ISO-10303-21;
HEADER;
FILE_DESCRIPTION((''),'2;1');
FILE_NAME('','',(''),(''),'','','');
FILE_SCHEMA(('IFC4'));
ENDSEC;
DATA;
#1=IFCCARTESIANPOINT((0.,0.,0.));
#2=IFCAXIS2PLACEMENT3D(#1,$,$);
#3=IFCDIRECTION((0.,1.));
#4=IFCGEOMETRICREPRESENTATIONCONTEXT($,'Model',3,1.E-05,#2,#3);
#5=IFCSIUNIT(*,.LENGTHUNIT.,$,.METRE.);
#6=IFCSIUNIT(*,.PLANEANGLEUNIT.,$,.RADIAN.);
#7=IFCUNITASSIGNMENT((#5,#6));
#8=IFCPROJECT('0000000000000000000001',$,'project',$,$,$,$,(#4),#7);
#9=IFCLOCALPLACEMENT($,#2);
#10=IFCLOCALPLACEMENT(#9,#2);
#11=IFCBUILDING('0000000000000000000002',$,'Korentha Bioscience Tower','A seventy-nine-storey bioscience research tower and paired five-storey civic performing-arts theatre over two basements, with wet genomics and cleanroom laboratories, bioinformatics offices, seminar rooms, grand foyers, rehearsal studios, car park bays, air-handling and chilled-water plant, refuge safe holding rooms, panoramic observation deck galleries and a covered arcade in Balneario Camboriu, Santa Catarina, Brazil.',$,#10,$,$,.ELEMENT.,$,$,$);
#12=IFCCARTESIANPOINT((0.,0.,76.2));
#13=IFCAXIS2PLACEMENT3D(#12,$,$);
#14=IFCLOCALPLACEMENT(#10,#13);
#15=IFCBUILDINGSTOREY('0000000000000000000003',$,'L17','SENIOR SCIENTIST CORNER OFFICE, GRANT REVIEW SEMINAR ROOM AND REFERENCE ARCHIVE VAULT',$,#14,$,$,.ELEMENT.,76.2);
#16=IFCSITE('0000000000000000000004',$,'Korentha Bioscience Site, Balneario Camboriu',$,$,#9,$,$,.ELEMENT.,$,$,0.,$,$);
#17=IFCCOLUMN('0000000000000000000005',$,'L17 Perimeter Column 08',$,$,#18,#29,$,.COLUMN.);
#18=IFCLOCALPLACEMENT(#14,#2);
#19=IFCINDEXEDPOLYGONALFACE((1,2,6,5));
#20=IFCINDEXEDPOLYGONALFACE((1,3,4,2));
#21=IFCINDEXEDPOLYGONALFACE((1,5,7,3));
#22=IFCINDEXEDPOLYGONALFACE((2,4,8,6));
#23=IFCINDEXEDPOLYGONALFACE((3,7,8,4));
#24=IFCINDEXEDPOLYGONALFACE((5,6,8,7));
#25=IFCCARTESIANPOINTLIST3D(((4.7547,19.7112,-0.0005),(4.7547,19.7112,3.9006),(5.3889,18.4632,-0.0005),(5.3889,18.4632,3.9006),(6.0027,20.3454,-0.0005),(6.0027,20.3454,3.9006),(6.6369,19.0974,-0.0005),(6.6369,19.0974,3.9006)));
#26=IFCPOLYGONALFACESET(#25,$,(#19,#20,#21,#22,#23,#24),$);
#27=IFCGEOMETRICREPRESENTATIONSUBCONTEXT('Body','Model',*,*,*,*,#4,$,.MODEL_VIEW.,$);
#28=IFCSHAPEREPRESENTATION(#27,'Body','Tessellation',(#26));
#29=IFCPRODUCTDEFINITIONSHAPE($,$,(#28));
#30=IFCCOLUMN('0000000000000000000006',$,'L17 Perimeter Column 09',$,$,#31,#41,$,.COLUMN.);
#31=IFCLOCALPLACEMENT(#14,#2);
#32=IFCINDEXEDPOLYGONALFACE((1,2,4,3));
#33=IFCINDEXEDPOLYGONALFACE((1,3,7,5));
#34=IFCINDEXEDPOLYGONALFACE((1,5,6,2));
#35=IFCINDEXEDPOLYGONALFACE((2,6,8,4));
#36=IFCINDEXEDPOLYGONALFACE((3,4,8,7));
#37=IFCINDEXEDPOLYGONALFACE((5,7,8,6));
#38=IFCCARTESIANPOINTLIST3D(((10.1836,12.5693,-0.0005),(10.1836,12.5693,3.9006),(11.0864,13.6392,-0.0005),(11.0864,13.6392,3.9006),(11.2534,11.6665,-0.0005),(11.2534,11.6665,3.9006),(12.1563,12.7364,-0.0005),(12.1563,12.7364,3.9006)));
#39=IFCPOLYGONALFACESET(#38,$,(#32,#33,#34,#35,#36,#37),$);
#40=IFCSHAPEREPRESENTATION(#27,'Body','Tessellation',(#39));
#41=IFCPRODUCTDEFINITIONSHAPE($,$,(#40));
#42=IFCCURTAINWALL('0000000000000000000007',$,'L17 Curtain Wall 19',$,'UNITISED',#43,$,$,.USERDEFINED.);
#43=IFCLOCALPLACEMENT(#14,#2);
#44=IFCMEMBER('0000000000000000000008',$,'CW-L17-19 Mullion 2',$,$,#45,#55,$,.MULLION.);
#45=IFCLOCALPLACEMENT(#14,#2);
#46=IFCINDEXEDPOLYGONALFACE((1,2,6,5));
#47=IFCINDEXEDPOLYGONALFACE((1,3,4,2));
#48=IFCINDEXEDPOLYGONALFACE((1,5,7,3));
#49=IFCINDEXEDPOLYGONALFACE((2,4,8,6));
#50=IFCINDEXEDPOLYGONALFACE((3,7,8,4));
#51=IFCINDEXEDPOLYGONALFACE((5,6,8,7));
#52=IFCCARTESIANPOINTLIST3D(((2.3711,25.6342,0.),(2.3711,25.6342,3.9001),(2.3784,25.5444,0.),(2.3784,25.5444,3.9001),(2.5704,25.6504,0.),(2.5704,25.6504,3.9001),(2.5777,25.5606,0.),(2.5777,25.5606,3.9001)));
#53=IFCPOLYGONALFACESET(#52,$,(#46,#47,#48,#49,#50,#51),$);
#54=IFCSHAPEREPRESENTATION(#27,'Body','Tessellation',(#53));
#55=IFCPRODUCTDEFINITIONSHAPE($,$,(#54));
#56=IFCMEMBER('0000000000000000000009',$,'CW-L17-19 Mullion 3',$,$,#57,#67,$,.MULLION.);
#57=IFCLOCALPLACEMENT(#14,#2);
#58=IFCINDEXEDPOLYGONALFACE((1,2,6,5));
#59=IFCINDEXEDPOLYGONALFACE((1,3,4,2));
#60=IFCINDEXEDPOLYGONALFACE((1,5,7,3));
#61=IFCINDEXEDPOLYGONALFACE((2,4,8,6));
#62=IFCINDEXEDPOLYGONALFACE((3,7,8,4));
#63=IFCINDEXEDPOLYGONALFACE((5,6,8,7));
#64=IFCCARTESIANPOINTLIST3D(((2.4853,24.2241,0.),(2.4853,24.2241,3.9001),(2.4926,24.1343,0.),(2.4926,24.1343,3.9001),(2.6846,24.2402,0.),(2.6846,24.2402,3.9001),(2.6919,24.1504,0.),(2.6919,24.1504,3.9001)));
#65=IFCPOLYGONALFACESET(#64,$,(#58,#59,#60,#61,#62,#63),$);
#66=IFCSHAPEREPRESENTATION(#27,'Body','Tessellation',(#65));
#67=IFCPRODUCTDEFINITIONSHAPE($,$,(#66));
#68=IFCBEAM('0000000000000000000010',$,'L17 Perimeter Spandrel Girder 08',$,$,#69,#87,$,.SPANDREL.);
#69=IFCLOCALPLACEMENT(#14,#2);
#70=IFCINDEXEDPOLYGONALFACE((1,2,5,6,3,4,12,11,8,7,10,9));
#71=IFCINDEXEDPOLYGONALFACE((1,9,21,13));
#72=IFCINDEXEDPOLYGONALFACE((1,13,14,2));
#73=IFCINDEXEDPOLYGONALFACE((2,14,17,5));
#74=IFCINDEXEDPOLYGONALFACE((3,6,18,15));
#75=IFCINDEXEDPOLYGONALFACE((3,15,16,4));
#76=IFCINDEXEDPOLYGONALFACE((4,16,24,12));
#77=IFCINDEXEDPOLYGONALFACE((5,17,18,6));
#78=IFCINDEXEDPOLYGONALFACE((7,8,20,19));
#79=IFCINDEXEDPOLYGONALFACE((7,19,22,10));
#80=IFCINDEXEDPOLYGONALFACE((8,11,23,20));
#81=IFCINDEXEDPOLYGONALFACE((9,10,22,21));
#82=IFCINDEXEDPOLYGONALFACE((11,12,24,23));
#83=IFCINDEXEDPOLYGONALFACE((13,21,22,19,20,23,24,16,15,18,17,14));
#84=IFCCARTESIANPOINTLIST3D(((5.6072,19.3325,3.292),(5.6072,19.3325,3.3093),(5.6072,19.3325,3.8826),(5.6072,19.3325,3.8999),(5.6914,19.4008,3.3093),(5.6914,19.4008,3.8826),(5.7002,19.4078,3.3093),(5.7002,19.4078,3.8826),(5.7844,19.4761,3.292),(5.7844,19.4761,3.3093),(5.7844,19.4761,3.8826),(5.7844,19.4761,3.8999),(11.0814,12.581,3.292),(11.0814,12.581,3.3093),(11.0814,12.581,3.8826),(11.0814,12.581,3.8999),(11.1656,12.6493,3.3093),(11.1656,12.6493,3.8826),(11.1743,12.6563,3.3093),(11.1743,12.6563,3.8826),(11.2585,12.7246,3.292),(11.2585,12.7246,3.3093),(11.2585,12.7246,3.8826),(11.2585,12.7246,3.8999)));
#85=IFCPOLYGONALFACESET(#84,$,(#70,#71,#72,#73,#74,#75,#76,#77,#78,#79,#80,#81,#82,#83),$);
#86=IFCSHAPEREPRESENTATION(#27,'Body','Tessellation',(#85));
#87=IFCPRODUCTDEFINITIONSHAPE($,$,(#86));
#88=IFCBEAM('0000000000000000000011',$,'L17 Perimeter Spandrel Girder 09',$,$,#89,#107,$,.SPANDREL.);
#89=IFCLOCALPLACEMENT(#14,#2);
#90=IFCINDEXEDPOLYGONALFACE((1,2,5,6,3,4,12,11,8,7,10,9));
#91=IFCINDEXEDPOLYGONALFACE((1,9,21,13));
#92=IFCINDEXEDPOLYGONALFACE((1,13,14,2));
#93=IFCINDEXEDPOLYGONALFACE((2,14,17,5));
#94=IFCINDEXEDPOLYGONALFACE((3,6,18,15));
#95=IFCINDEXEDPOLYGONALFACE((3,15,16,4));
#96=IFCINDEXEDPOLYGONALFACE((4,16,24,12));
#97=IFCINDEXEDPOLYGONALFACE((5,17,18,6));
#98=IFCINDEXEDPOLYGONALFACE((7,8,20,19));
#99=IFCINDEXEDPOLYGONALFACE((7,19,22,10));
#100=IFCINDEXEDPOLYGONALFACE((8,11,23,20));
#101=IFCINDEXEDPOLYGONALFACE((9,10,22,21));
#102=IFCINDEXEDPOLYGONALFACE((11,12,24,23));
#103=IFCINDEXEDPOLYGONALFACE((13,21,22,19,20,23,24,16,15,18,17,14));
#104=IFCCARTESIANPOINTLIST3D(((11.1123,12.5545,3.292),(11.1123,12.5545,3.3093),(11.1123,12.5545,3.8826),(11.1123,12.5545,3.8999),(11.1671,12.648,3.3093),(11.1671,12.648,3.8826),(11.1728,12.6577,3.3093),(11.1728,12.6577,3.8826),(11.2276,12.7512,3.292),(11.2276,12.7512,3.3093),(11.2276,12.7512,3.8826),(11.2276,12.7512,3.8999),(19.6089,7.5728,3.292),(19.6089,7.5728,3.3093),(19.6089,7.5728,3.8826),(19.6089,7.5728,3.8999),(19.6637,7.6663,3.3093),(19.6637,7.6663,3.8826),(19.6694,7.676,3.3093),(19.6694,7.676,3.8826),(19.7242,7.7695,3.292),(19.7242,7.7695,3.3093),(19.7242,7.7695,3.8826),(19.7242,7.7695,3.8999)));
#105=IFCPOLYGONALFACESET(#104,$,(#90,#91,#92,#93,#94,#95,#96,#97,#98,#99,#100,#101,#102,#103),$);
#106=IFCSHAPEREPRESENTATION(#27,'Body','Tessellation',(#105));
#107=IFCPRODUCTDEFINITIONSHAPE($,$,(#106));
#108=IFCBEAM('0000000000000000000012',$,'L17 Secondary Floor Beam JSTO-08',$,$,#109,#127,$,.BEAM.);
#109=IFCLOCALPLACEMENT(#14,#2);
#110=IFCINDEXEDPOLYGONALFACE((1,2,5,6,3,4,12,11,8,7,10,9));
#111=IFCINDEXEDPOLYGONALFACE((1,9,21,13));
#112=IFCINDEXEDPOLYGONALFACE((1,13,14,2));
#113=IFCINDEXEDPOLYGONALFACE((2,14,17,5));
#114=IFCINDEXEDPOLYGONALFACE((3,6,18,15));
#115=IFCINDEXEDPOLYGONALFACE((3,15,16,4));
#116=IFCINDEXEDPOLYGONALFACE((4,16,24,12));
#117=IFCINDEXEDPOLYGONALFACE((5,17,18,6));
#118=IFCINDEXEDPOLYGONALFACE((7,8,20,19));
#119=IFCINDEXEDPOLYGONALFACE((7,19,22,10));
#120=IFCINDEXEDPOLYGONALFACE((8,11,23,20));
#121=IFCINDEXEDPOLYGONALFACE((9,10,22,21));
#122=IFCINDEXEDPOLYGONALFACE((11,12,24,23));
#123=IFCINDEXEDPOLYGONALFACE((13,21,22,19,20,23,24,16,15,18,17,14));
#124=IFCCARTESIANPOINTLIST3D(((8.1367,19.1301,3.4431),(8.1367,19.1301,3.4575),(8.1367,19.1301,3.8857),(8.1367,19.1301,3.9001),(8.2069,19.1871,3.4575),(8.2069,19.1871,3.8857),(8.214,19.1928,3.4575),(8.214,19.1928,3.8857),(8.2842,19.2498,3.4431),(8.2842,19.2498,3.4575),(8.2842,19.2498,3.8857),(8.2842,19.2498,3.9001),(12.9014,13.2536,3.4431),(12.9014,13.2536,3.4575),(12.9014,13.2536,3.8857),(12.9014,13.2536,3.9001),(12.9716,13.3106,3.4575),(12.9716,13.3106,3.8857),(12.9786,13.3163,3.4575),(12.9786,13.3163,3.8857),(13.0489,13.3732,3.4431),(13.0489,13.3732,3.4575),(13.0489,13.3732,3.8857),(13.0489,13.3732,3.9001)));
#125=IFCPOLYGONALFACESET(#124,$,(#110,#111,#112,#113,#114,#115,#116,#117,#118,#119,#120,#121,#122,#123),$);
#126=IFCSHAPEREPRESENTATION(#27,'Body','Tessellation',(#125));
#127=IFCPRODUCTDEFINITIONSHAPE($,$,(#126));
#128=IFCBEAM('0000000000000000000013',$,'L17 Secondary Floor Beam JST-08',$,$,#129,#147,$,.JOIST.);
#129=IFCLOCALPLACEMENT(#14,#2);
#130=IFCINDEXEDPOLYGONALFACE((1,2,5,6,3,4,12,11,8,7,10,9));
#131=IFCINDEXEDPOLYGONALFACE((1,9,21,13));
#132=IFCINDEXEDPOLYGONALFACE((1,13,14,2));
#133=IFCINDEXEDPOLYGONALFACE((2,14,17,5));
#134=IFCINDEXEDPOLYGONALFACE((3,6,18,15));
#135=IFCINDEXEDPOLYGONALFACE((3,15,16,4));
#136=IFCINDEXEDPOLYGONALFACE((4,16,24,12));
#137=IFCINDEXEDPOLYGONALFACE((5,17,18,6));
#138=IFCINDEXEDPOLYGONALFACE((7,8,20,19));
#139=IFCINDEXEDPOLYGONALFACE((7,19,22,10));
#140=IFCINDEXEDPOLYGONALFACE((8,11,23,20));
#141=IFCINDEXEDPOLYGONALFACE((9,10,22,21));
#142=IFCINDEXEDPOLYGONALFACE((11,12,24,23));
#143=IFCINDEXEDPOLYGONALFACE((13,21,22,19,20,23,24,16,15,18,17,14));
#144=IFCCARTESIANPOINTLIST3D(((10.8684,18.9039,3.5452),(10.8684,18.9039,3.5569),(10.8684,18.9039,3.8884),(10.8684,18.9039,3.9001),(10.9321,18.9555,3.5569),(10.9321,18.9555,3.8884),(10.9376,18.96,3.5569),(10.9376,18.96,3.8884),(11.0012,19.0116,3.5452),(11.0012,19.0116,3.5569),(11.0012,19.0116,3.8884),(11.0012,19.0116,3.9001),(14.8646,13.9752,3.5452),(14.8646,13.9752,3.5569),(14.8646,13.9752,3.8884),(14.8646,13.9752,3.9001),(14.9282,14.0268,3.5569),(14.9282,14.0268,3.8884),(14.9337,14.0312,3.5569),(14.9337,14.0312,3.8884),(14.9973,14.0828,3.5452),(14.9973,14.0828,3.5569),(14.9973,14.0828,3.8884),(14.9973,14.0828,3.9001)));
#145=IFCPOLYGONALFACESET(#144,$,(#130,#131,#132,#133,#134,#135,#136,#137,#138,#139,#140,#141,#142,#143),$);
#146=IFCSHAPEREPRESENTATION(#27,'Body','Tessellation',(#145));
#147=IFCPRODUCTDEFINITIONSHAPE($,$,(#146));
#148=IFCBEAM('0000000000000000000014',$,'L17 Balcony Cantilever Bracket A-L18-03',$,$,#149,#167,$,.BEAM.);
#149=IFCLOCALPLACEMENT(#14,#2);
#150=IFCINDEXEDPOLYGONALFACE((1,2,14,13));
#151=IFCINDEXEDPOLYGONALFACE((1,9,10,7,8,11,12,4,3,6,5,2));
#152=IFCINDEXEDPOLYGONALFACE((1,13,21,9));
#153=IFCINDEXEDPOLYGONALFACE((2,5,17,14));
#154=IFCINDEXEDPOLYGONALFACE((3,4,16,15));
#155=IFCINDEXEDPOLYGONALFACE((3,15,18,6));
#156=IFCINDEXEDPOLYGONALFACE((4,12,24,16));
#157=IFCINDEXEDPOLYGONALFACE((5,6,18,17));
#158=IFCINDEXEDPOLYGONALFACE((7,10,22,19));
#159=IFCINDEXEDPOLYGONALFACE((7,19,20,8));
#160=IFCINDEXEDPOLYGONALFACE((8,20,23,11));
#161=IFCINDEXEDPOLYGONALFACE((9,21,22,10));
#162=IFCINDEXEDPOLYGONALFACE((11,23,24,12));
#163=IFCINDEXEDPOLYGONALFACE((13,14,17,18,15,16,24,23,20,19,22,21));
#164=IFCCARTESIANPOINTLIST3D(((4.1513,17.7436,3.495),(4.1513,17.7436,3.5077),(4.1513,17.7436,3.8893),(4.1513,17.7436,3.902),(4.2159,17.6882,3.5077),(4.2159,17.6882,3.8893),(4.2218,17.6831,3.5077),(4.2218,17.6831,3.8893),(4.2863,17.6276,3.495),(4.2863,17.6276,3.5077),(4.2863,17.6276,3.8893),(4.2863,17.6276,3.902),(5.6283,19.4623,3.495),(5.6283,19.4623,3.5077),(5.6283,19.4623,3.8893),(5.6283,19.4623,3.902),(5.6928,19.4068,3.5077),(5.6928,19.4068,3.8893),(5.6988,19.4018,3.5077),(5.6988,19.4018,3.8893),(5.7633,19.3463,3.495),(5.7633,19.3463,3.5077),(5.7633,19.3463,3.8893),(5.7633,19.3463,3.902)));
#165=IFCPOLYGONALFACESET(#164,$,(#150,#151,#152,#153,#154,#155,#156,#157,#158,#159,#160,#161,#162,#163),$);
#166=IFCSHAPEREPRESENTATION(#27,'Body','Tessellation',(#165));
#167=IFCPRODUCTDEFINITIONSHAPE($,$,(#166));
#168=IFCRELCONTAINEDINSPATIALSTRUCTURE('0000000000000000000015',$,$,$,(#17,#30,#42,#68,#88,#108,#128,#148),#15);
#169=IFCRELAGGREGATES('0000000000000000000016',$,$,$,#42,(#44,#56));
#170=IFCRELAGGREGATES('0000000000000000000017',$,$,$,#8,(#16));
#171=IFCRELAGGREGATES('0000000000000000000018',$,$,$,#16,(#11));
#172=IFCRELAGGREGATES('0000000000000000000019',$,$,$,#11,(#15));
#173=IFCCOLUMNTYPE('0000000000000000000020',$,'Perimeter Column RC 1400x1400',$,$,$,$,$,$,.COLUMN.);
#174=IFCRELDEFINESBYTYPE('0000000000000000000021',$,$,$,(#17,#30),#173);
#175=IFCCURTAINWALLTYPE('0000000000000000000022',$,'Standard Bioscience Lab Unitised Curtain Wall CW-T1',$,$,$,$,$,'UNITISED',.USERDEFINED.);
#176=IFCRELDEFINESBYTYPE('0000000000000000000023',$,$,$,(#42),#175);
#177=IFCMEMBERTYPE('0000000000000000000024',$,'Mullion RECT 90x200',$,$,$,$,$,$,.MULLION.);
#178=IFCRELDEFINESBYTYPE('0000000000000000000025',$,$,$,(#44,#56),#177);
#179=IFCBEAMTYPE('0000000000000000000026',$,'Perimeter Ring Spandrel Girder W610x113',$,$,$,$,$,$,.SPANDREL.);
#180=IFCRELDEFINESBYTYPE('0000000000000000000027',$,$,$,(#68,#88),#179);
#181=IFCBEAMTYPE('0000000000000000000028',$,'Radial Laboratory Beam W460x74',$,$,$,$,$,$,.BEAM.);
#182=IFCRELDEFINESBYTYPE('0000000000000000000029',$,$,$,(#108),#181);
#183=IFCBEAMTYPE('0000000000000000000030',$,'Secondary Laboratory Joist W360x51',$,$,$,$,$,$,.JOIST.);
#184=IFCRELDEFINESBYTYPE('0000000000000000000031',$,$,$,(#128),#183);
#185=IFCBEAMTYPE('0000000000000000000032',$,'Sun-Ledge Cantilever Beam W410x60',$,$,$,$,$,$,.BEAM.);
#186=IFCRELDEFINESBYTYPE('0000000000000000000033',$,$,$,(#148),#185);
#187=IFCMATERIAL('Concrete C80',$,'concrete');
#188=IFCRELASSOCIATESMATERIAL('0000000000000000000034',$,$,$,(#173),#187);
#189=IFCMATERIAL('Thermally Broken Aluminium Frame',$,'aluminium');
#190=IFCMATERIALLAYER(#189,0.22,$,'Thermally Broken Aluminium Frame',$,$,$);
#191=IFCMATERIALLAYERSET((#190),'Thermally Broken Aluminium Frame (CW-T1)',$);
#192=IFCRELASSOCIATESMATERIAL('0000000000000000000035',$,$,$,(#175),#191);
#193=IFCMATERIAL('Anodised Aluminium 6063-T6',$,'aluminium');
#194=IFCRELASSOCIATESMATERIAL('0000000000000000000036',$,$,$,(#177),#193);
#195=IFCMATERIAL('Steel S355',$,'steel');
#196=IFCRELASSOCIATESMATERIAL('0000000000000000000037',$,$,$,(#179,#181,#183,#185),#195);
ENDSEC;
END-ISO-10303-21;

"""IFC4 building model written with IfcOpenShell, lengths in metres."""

from ifc_helpers import new_model, si_unit, direction, frame, origin, origin_2d, place, context, subcontext, project, spatial, rectangle, i_section, extrude, material, layer, layer_set, material_profile, profile_set, type_object, element, aggregate, save


model = new_model("IFC4")

# Units and contexts
model_context = context("Model", 3, precision=1e-05, world=origin(), true_north=direction((0.0, 1.0)))
body_context = subcontext(model_context, "Body", "Model", "MODEL_VIEW")
ifc_project = project(units=[si_unit("LENGTHUNIT", "METRE"), si_unit("PLANEANGLEUNIT", "RADIAN")], contexts=[model_context])

# Site, building, storey
site_placement = place(None, origin())
site = spatial("IfcSite", under=ifc_project, at=site_placement, Name="Korentha Bioscience Site, Balneario Camboriu", CompositionType="ELEMENT", RefElevation=0.0)
building_placement = place(site_placement, origin())
building = spatial("IfcBuilding", under=site, at=building_placement, Name="Korentha Bioscience Tower", Description="A seventy-nine-storey bioscience research tower and paired five-storey civic performing-arts theatre over two basements, with wet genomics and cleanroom laboratories, bioinformatics offices, seminar rooms, grand foyers, rehearsal studios, car park bays, air-handling and chilled-water plant, refuge safe holding rooms, panoramic observation deck galleries and a covered arcade in Balneario Camboriu, Santa Catarina, Brazil.", CompositionType="ELEMENT")
storey_placement = place(building_placement, frame((0.0, 0.0, 76.2)))
storey = spatial("IfcBuildingStorey", under=building, at=storey_placement, Name="L17", Description="SENIOR SCIENTIST CORNER OFFICE, GRANT REVIEW SEMINAR ROOM AND REFERENCE ARCHIVE VAULT", CompositionType="ELEMENT", Elevation=76.2)

# Columns
ifc_material_1 = material(Name="Concrete C80", Category="concrete")
ifc_material_profile_1 = material_profile(ifc_material_1, rectangle(XDim=1.3999, YDim=1.3999, at=origin_2d()), Name="Concrete C80")
ifc_profile_set_1 = profile_set([ifc_material_profile_1], Name="Concrete C80 (COL-P14)")
column_type = type_object("IfcColumnType", Name="Perimeter Column RC 1400x1400", PredefinedType="COLUMN", material=ifc_profile_set_1)
for number, where, z_axis, x_axis, name in (
    (1, (5.6958, 19.4043, -0.0005), (0.0, 0.0, 1.0), (-0.453057, 0.891481, 0.0), "L17 Perimeter Column 08"),
    (2, (11.1699, 12.6528, -0.0005), (0.0, 0.0, 1.0), (-0.764246, 0.644924, 0.0), "L17 Perimeter Column 09"),
):
    element("IfcColumn", number, at=place(storey_placement, frame(where, z_axis=z_axis, x_axis=x_axis)), inside=storey, type_object=column_type, Name=name, PredefinedType="COLUMN", context=body_context, shape_type="SweptSolid", body=[
        extrude(rectangle(XDim=1.3999, YDim=1.3999, at=origin_2d()), origin(), (0.0, 0.0, 1.0), 3.9011),
    ])

# Curtain wall, members
ifc_material_2 = material(Name="Thermally Broken Aluminium Frame", Category="aluminium")
ifc_layer_1 = layer(ifc_material_2, 0.22, Name="Thermally Broken Aluminium Frame")
ifc_layer_set_1 = layer_set([ifc_layer_1], Name="Thermally Broken Aluminium Frame (CW-T1)")
curtain_wall_type = type_object("IfcCurtainWallType", Name="Standard Bioscience Lab Unitised Curtain Wall CW-T1", ElementType="UNITISED", PredefinedType="USERDEFINED", material=ifc_layer_set_1)
curtain_wall_placement = place(storey_placement, origin())
curtain_wall = element("IfcCurtainWall", 3, at=curtain_wall_placement, inside=storey, type_object=curtain_wall_type, Name="L17 Curtain Wall 19", ObjectType="UNITISED", PredefinedType="USERDEFINED")
ifc_material_3 = material(Name="Anodised Aluminium 6063-T6", Category="aluminium")
ifc_material_profile_2 = material_profile(ifc_material_3, rectangle(XDim=0.0901, YDim=0.2, at=origin_2d()), Name="Anodised Aluminium 6063-T6")
ifc_profile_set_2 = profile_set([ifc_material_profile_2], Name="Anodised Aluminium 6063-T6 (CW-MUL)")
member_type_1 = type_object("IfcMemberType", Name="Mullion RECT 90x200", PredefinedType="MULLION", material=ifc_profile_set_2)
member_1_placement = place(storey_placement, frame((2.4744, 25.5974, 0.0), z_axis=(0.0, 0.0, 1.0), x_axis=(0.08082, -0.996729, 0.0)))
member_1 = element("IfcMember", 4, at=member_1_placement, type_object=member_type_1, Name="CW-L17-19 Mullion 2", PredefinedType="MULLION", context=body_context, shape_type="SweptSolid", body=[
    extrude(rectangle(XDim=0.0901, YDim=0.2, at=origin_2d()), origin(), (0.0, 0.0, 1.0), 3.9001),
])
member_2_placement = place(storey_placement, frame((2.5886, 24.1873, 0.0), z_axis=(0.0, 0.0, 1.0), x_axis=(0.08082, -0.996729, 0.0)))
member_2 = element("IfcMember", 5, at=member_2_placement, type_object=member_type_1, Name="CW-L17-19 Mullion 3", PredefinedType="MULLION", context=body_context, shape_type="SweptSolid", body=[
    extrude(rectangle(XDim=0.0901, YDim=0.2, at=origin_2d()), origin(), (0.0, 0.0, 1.0), 3.9001),
])

# Beams
ifc_material_4 = material(Name="Steel S355", Category="steel")
ifc_material_profile_3 = material_profile(ifc_material_4, i_section(OverallWidth=0.228, OverallDepth=0.6079, WebThickness=0.0112, FlangeThickness=0.0173, at=origin_2d()), Name="Steel S355")
ifc_profile_set_3 = profile_set([ifc_material_profile_3], Name="Steel S355 (SB-610)")
beam_type_1 = type_object("IfcBeamType", Name="Perimeter Ring Spandrel Girder W610x113", PredefinedType="SPANDREL", material=ifc_profile_set_3)
beam_1_placement = place(storey_placement, frame((5.6958, 19.4043, 3.5959), z_axis=(0.629799, -0.776758, 0.0), x_axis=(0.776758, 0.629799, 0.0)))
element("IfcBeam", 6, at=beam_1_placement, inside=storey, type_object=beam_type_1, Name="L17 Perimeter Spandrel Girder 08", PredefinedType="SPANDREL", context=body_context, shape_type="SweptSolid", body=[
    extrude(i_section(OverallWidth=0.228, OverallDepth=0.6079, WebThickness=0.0112, FlangeThickness=0.0173, at=origin_2d()), origin(), (0.0, 0.0, 1.0), 8.6919),
])
beam_2_placement = place(storey_placement, frame((11.1699, 12.6528, 3.5959), z_axis=(0.862657, -0.50579, 0.0), x_axis=(0.50579, 0.862657, 0.0)))
element("IfcBeam", 7, at=beam_2_placement, inside=storey, type_object=beam_type_1, Name="L17 Perimeter Spandrel Girder 09", PredefinedType="SPANDREL", context=body_context, shape_type="SweptSolid", body=[
    extrude(i_section(OverallWidth=0.228, OverallDepth=0.6079, WebThickness=0.0112, FlangeThickness=0.0173, at=origin_2d()), origin(), (0.0, 0.0, 1.0), 9.8494),
])
ifc_material_profile_4 = material_profile(ifc_material_4, i_section(OverallWidth=0.1899, OverallDepth=0.457, WebThickness=0.009, FlangeThickness=0.0144, at=origin_2d()), Name="Steel S355")
ifc_profile_set_4 = profile_set([ifc_material_profile_4], Name="Steel S355 (RB-460)")
beam_type_2 = type_object("IfcBeamType", Name="Radial Laboratory Beam W460x74", PredefinedType="BEAM", material=ifc_profile_set_4)
beam_3_placement = place(storey_placement, frame((8.2104, 19.1899, 3.6716), z_axis=(0.629798, -0.776759, 0.0), x_axis=(0.776759, 0.629798, 0.0)))
element("IfcBeam", 8, at=beam_3_placement, inside=storey, type_object=beam_type_2, Name="L17 Secondary Floor Beam JSTO-08", PredefinedType="BEAM", context=body_context, shape_type="SweptSolid", body=[
    extrude(i_section(OverallWidth=0.1899, OverallDepth=0.457, WebThickness=0.009, FlangeThickness=0.0144, at=origin_2d()), origin(), (0.0, 0.0, 1.0), 7.5654),
])
ifc_material_profile_5 = material_profile(ifc_material_4, i_section(OverallWidth=0.1709, OverallDepth=0.355, WebThickness=0.0071, FlangeThickness=0.0117, at=origin_2d()), Name="Steel S355")
ifc_profile_set_5 = profile_set([ifc_material_profile_5], Name="Steel S355 (JB-360)")
beam_type_3 = type_object("IfcBeamType", Name="Secondary Laboratory Joist W360x51", PredefinedType="JOIST", material=ifc_profile_set_5)
beam_4_placement = place(storey_placement, frame((10.9348, 18.9578, 3.7227), z_axis=(0.629787, -0.776768, 0.0), x_axis=(0.776768, 0.629787, 0.0)))
element("IfcBeam", 9, at=beam_4_placement, inside=storey, type_object=beam_type_3, Name="L17 Secondary Floor Beam JST-08", PredefinedType="JOIST", context=body_context, shape_type="SweptSolid", body=[
    extrude(i_section(OverallWidth=0.1709, OverallDepth=0.355, WebThickness=0.0071, FlangeThickness=0.0117, at=origin_2d()), origin(), (0.0, 0.0, 1.0), 6.3452),
])
ifc_material_profile_6 = material_profile(ifc_material_4, i_section(OverallWidth=0.178, OverallDepth=0.407, WebThickness=0.0078, FlangeThickness=0.0127, at=origin_2d()), Name="Steel S355")
ifc_profile_set_6 = profile_set([ifc_material_profile_6], Name="Steel S355 (CB-410)")
beam_type_4 = type_object("IfcBeamType", Name="Sun-Ledge Cantilever Beam W410x60", PredefinedType="BEAM", material=ifc_profile_set_6)
beam_5_placement = place(storey_placement, frame((5.6958, 19.4043, 3.6985), z_axis=(-0.651767, -0.758419, 0.0), x_axis=(0.758419, -0.651767, 0.0)))
element("IfcBeam", 10, at=beam_5_placement, inside=storey, type_object=beam_type_4, Name="L17 Balcony Cantilever Bracket A-L18-03", PredefinedType="BEAM", context=body_context, shape_type="SweptSolid", body=[
    extrude(i_section(OverallWidth=0.178, OverallDepth=0.407, WebThickness=0.0078, FlangeThickness=0.0127, at=origin_2d()), origin(), (0.0, 0.0, 1.0), 2.2661),
])

aggregate(curtain_wall, [member_1, member_2])

save(model, "model.ifc")
